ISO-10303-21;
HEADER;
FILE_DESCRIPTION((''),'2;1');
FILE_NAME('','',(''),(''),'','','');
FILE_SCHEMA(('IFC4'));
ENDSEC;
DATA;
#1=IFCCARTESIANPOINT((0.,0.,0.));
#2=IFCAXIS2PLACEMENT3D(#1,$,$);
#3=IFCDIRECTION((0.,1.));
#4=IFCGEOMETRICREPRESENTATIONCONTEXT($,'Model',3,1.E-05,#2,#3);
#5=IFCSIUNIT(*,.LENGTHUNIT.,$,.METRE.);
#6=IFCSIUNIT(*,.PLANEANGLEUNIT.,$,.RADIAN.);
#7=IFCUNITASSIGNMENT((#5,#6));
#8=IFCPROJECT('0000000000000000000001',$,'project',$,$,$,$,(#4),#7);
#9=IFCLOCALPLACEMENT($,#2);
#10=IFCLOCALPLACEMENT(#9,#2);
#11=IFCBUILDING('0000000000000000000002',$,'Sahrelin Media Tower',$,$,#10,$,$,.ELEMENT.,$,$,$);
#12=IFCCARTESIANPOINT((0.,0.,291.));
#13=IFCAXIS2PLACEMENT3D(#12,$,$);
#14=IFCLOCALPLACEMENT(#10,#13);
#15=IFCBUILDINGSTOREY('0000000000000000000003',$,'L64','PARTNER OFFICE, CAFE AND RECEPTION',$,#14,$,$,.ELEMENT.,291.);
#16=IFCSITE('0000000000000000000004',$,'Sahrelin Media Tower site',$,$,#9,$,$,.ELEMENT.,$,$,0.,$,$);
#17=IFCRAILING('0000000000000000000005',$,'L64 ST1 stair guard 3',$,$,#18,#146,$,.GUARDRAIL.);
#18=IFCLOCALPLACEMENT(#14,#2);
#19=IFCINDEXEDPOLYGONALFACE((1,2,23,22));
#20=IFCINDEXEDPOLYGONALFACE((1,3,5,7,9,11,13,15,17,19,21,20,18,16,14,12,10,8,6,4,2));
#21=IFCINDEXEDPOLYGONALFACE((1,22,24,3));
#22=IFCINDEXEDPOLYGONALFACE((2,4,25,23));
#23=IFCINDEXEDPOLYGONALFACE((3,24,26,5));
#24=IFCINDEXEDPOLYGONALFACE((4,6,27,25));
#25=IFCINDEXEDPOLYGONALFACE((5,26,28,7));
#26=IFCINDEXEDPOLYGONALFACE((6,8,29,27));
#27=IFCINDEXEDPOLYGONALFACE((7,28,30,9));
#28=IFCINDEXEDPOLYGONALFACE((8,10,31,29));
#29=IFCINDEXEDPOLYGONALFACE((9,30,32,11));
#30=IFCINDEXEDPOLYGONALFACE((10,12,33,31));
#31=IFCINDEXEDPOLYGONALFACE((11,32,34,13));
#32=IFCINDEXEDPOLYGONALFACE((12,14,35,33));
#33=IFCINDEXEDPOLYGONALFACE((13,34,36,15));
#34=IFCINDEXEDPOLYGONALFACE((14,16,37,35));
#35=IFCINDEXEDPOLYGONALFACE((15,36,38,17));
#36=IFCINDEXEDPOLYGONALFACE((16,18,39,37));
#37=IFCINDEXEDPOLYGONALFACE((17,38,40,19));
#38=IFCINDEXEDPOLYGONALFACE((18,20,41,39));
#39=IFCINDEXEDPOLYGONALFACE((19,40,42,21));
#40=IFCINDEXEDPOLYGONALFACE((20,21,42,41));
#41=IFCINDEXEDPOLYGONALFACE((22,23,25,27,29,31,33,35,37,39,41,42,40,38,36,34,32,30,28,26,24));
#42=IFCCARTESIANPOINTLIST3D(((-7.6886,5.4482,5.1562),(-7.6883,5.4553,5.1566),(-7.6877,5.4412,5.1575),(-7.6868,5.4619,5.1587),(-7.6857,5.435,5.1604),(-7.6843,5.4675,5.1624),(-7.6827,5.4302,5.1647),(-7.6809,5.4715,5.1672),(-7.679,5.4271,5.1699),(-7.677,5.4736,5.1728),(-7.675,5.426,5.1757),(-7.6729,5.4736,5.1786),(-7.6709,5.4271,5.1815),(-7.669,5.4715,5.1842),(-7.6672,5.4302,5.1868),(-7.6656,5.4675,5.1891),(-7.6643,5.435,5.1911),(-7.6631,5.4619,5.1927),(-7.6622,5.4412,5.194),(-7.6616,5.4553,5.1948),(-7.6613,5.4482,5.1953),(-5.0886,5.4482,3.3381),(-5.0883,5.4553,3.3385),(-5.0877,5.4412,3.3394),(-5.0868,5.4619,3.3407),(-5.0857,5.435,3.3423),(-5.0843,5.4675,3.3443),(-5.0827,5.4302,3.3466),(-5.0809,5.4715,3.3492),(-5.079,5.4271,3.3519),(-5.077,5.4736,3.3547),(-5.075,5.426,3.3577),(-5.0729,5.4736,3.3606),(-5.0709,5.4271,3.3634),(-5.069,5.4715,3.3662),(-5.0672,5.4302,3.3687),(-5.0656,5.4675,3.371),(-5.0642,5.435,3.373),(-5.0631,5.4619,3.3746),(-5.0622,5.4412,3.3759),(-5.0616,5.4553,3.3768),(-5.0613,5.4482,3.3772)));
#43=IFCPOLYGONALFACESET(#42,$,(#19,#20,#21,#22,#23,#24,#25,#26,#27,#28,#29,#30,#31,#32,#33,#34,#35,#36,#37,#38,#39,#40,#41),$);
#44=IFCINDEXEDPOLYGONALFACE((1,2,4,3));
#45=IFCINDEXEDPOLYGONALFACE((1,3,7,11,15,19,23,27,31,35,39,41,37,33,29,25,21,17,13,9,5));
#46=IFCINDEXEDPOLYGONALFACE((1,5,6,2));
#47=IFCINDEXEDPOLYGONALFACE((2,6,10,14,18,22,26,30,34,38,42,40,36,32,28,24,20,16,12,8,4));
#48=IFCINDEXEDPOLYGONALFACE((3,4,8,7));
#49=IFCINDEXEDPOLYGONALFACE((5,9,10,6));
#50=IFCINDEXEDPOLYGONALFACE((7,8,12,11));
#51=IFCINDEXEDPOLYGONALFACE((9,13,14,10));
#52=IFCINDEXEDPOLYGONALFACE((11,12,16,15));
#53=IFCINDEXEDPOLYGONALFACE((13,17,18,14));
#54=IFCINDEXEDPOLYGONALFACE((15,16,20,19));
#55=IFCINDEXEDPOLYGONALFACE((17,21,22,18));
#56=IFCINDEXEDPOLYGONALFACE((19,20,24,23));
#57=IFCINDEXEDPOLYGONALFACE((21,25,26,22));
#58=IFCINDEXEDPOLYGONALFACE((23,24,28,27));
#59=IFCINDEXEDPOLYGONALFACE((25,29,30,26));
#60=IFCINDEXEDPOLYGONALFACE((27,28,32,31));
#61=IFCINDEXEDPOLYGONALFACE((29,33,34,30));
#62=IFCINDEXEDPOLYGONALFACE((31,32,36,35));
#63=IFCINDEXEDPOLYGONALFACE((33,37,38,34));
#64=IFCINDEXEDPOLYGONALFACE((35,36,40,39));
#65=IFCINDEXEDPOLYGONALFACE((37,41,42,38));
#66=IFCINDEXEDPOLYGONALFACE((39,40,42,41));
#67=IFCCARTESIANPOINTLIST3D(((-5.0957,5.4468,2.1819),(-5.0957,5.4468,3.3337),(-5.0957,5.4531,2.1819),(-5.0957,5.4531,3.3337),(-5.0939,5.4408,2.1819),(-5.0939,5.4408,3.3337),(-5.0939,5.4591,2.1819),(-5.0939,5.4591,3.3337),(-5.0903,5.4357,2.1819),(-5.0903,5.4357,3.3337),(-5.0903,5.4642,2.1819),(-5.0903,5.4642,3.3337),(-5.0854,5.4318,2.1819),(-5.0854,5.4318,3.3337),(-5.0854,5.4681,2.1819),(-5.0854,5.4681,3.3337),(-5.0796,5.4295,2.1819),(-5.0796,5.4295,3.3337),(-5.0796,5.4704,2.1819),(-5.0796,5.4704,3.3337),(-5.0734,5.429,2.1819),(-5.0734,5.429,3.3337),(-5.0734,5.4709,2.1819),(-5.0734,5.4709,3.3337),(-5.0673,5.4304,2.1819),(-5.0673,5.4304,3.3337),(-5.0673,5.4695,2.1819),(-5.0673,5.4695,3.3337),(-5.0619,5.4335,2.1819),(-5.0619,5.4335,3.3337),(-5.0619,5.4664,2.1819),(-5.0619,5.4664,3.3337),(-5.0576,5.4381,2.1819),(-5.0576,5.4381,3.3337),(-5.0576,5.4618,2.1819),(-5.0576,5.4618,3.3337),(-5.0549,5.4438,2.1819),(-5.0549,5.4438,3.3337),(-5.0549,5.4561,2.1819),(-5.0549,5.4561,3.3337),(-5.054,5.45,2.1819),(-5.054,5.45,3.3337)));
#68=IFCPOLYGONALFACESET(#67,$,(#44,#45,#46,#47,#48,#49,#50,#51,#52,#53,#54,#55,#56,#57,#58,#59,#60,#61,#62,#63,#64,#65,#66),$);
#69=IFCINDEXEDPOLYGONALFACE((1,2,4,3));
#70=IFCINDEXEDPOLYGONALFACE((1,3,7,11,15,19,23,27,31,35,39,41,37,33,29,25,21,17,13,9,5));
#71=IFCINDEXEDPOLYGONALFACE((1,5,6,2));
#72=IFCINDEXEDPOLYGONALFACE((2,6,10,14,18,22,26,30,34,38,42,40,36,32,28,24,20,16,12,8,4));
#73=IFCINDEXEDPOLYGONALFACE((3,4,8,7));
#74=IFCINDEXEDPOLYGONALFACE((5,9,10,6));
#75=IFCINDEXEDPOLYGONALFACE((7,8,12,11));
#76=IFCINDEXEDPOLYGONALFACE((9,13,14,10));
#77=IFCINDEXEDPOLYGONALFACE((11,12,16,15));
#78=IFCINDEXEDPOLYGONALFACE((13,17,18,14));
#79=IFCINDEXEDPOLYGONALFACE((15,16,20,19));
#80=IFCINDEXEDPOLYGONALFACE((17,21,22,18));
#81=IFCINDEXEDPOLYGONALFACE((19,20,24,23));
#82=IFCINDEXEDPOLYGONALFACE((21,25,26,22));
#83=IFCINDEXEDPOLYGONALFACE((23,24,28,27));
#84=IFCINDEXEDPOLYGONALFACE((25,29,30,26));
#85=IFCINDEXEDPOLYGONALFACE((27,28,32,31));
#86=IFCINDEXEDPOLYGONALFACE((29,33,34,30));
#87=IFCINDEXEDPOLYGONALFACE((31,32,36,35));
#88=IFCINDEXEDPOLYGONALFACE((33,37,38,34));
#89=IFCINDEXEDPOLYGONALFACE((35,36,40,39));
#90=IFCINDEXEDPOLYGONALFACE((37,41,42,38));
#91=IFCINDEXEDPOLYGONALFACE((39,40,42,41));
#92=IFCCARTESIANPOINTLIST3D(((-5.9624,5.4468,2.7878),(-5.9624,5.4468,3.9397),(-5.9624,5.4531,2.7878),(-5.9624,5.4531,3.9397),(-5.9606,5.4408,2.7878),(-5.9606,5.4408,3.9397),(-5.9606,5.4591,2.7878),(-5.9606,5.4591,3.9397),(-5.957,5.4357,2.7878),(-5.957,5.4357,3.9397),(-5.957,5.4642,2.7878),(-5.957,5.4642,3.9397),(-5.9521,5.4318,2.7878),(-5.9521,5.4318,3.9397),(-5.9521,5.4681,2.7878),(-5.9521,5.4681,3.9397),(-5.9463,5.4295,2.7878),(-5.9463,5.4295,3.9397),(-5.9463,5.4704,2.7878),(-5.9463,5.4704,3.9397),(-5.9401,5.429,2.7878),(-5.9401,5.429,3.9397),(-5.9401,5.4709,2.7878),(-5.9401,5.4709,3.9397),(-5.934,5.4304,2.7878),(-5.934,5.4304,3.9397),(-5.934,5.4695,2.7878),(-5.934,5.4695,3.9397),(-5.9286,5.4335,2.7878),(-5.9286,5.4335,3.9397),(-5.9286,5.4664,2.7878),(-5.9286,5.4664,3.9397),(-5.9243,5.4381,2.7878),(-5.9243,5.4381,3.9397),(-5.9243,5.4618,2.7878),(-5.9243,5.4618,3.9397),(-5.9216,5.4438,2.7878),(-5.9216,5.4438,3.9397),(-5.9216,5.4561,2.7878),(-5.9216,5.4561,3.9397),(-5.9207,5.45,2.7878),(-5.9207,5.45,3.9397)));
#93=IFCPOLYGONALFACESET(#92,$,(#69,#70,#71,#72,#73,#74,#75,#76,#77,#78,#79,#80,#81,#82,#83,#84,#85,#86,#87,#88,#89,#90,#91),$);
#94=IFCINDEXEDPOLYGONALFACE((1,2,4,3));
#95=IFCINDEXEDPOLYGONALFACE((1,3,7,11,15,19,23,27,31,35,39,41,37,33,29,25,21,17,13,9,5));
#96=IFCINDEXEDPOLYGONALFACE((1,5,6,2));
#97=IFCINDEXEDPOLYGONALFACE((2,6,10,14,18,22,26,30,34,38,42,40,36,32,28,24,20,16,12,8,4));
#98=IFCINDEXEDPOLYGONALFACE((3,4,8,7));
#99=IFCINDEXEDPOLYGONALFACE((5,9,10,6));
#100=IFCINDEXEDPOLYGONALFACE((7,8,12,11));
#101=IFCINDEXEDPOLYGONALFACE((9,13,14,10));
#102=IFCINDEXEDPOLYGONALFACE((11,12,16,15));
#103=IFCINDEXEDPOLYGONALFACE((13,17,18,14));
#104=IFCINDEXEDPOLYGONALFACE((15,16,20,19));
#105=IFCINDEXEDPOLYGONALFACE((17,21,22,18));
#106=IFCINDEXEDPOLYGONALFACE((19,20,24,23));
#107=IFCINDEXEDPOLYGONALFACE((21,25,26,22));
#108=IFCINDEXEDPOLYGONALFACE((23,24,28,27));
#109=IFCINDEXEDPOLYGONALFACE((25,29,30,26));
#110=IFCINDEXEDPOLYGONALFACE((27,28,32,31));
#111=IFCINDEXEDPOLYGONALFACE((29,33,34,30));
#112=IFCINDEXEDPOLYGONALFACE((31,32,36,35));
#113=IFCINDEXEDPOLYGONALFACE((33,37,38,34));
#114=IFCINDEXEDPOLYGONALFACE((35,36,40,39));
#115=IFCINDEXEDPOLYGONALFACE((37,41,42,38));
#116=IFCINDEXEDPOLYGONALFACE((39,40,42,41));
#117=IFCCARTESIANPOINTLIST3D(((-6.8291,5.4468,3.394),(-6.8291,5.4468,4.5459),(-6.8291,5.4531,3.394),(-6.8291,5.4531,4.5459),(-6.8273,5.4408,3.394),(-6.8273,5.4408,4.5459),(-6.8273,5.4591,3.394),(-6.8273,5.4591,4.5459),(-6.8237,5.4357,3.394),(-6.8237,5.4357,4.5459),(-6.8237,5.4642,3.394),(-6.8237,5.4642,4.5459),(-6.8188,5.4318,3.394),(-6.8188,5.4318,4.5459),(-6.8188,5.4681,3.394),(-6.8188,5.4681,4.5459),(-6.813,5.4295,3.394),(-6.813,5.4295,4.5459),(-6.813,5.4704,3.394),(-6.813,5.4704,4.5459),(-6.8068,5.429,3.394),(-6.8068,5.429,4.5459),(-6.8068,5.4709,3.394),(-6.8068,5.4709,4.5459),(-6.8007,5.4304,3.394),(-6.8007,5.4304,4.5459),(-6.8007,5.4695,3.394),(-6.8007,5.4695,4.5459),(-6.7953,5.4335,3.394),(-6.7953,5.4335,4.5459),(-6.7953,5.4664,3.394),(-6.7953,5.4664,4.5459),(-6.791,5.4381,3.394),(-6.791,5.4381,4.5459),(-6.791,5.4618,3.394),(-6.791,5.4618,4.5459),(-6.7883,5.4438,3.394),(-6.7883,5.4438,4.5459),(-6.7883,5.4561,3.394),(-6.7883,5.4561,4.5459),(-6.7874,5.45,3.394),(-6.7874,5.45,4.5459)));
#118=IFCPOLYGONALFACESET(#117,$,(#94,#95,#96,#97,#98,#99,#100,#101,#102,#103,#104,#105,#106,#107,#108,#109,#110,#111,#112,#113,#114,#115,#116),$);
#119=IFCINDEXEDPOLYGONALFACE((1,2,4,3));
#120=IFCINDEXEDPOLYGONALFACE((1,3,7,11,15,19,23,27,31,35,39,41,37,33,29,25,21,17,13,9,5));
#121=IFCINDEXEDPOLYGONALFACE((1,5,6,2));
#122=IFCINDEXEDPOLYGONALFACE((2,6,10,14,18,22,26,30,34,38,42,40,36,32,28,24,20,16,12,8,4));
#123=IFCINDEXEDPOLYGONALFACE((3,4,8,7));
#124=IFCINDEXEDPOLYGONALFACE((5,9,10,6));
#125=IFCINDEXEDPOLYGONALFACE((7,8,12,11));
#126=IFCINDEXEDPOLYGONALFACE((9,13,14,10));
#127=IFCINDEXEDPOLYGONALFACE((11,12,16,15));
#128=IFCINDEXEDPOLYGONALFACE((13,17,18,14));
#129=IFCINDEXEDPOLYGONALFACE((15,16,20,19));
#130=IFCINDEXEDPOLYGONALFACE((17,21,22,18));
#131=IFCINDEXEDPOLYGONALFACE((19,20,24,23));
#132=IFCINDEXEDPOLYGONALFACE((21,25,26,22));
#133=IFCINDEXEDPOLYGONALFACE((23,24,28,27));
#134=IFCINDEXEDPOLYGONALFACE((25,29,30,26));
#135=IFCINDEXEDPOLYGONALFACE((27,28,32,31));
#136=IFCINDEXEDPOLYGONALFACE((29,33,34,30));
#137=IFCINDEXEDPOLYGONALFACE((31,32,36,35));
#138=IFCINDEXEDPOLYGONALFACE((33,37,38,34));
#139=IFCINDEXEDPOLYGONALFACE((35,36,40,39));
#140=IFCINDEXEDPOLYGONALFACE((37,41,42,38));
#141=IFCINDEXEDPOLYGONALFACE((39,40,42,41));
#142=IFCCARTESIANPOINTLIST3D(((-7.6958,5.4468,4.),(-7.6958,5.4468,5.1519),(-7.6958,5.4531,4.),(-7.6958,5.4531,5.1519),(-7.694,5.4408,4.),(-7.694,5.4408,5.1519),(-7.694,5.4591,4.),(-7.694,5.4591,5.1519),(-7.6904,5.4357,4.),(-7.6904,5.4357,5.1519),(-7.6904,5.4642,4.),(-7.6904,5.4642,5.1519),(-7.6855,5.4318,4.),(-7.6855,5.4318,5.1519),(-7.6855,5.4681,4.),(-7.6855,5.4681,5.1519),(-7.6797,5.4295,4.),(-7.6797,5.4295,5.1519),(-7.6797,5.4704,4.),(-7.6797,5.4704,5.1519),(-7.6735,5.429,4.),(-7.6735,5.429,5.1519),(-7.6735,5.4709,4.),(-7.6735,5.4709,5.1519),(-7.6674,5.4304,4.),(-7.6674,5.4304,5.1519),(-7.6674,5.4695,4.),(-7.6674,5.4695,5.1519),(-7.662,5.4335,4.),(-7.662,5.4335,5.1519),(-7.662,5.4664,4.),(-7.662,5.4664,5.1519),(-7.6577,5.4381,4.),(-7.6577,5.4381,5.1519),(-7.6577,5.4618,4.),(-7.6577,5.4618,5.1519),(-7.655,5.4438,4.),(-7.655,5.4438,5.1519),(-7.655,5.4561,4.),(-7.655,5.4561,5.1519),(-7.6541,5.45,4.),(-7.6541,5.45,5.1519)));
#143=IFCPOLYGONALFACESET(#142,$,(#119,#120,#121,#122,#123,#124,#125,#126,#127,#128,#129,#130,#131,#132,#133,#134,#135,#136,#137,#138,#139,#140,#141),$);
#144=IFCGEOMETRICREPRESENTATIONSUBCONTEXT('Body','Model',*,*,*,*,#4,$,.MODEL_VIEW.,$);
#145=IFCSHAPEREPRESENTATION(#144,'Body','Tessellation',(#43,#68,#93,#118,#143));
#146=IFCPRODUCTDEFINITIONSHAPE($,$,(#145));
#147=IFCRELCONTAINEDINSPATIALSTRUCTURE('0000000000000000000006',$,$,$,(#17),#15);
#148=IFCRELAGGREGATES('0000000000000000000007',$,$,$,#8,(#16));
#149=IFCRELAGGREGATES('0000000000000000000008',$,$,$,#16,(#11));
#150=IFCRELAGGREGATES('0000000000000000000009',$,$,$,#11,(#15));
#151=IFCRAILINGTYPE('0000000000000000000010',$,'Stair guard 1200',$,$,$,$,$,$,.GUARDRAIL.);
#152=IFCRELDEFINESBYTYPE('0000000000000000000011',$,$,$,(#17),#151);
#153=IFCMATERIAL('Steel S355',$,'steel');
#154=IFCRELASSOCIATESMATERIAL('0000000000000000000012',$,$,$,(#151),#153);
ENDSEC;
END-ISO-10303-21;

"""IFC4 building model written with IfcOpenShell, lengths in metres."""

from ifc_helpers import new_model, si_unit, direction, frame, origin, origin_2d, place, context, subcontext, project, spatial, circle, extrude, material, type_object, element, save


model = new_model("IFC4")

# Units and contexts
model_context = context("Model", 3, precision=1e-05, world=origin(), true_north=direction((0.0, 1.0)))
body_context = subcontext(model_context, "Body", "Model", "MODEL_VIEW")
ifc_project = project(units=[si_unit("LENGTHUNIT", "METRE"), si_unit("PLANEANGLEUNIT", "RADIAN")], contexts=[model_context])

# Site, building, storey
site_placement = place(None, origin())
site = spatial("IfcSite", under=ifc_project, at=site_placement, Name="Sahrelin Media Tower site", CompositionType="ELEMENT", RefElevation=0.0)
building_placement = place(site_placement, origin())
building = spatial("IfcBuilding", under=site, at=building_placement, Name="Sahrelin Media Tower", CompositionType="ELEMENT")
storey_placement = place(building_placement, frame((0.0, 0.0, 291.0)))
storey = spatial("IfcBuildingStorey", under=building, at=storey_placement, Name="L64", Description="PARTNER OFFICE, CAFE AND RECEPTION", CompositionType="ELEMENT", Elevation=291.0)

# Shared definitions
ifc_material_1 = material(Name="Steel S355", Category="steel")

# Railing
railing_type_1 = type_object("IfcRailingType", Name="Stair guard 1200", PredefinedType="GUARDRAIL", material=ifc_material_1)
railing_1_placement = place(storey_placement, frame((-5.075, 5.45, 2.1819)))
element("IfcRailing", 1, at=railing_1_placement, inside=storey, type_object=railing_type_1, Name="L64 ST1 stair guard 3", PredefinedType="GUARDRAIL", context=body_context, shape_type="SweptSolid", body=[
    extrude(circle(Radius=0.0239, at=origin_2d()), frame((0.0, 0.0, 1.1758), z_axis=(-0.819521, 0.0, 0.573049), x_axis=(0.0, -1.0, 0.0)), (0.0, 0.0, 1.0), 3.1726),
    extrude(circle(Radius=0.021, at=origin_2d()), origin(), (0.0, 0.0, 1.0), 1.1519),
    extrude(circle(Radius=0.021, at=origin_2d()), frame((-0.8667, 0.0, 0.606)), (0.0, 0.0, 1.0), 1.1519),
    extrude(circle(Radius=0.021, at=origin_2d()), frame((-1.7334, 0.0, 1.2122)), (0.0, 0.0, 1.0), 1.1519),
    extrude(circle(Radius=0.021, at=origin_2d()), frame((-2.6001, 0.0, 1.8181)), (0.0, 0.0, 1.0), 1.1519),
])

save(model, "model.ifc")
